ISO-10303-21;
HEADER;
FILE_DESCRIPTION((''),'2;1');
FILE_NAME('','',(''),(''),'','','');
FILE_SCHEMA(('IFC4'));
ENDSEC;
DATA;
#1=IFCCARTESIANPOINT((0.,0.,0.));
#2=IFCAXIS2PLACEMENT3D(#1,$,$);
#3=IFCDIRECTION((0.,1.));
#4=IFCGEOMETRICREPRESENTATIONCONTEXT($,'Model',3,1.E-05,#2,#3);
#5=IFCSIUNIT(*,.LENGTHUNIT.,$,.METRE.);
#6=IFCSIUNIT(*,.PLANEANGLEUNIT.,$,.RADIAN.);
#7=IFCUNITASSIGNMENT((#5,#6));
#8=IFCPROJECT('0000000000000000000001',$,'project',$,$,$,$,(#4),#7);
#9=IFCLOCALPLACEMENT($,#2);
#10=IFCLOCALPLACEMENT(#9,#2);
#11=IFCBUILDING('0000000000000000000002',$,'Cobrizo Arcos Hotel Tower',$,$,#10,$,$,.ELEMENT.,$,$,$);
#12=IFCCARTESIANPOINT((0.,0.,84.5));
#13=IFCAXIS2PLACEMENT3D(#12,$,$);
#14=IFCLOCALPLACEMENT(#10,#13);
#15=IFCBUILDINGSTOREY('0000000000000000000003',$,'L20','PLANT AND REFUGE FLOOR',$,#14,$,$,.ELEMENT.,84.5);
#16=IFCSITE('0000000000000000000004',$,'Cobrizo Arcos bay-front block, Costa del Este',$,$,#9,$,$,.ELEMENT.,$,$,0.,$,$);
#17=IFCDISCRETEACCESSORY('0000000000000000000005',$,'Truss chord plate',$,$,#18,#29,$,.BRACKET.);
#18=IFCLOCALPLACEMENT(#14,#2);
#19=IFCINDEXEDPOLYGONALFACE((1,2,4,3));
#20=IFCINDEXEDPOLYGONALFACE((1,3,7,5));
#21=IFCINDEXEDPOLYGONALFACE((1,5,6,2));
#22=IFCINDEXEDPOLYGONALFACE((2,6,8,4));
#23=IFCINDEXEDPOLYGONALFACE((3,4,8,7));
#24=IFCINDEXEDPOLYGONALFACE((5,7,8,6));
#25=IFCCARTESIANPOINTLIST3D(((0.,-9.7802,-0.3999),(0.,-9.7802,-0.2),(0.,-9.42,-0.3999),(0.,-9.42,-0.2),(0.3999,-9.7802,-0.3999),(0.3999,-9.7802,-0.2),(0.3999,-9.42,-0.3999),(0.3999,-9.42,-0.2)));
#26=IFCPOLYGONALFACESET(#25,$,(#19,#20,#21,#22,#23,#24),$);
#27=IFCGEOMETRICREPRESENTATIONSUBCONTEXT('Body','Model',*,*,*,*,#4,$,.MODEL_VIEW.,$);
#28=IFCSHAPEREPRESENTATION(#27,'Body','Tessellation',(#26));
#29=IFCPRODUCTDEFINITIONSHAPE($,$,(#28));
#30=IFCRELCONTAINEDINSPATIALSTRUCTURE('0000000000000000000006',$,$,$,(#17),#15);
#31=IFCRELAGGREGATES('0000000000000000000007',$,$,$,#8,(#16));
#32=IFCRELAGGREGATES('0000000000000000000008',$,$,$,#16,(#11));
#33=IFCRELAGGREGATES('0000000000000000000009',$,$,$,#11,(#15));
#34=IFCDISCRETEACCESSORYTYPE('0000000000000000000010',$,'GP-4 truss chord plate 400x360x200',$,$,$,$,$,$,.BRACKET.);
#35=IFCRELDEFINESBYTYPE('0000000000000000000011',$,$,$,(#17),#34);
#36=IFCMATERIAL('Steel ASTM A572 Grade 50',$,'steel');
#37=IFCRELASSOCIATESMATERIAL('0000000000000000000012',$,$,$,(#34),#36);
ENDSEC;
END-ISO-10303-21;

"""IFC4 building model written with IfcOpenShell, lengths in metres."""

from ifc_helpers import new_model, si_unit, direction, frame, origin, origin_2d, place, context, subcontext, project, spatial, rectangle, extrude, material, type_object, element, save


model = new_model("IFC4")

# Units and contexts
model_context = context("Model", 3, precision=1e-05, world=origin(), true_north=direction((0.0, 1.0)))
body_context = subcontext(model_context, "Body", "Model", "MODEL_VIEW")
ifc_project = project(units=[si_unit("LENGTHUNIT", "METRE"), si_unit("PLANEANGLEUNIT", "RADIAN")], contexts=[model_context])

# Site, building, storey
site_placement = place(None, origin())
site = spatial("IfcSite", under=ifc_project, at=site_placement, Name="Cobrizo Arcos bay-front block, Costa del Este", CompositionType="ELEMENT", RefElevation=0.0)
building_placement = place(site_placement, origin())
building = spatial("IfcBuilding", under=site, at=building_placement, Name="Cobrizo Arcos Hotel Tower", CompositionType="ELEMENT")
storey_placement = place(building_placement, frame((0.0, 0.0, 84.5)))
storey = spatial("IfcBuildingStorey", under=building, at=storey_placement, Name="L20", Description="PLANT AND REFUGE FLOOR", CompositionType="ELEMENT", Elevation=84.5)

# Shared definitions
ifc_material_1 = material(Name="Steel ASTM A572 Grade 50", Category="steel")

# Discrete accessory
discrete_accessory_type_1 = type_object("IfcDiscreteAccessoryType", Name="GP-4 truss chord plate 400x360x200", PredefinedType="BRACKET", material=ifc_material_1)
for number, where, z_axis, x_axis, name in (
    (1, (0.2, -9.6001, -0.3999), (0.0, 0.0, 1.0), (1.0, 0.0, 0.0), "Truss chord plate"),
):
    element("IfcDiscreteAccessory", number, at=place(storey_placement, frame(where, z_axis=z_axis, x_axis=x_axis)), inside=storey, type_object=discrete_accessory_type_1, Name=name, PredefinedType="BRACKET", context=body_context, shape_type="SweptSolid", body=[
        extrude(rectangle(XDim=0.3999, YDim=0.3601, at=origin_2d()), origin(), (0.0, 0.0, 1.0), 0.2),
    ])

save(model, "model.ifc")
